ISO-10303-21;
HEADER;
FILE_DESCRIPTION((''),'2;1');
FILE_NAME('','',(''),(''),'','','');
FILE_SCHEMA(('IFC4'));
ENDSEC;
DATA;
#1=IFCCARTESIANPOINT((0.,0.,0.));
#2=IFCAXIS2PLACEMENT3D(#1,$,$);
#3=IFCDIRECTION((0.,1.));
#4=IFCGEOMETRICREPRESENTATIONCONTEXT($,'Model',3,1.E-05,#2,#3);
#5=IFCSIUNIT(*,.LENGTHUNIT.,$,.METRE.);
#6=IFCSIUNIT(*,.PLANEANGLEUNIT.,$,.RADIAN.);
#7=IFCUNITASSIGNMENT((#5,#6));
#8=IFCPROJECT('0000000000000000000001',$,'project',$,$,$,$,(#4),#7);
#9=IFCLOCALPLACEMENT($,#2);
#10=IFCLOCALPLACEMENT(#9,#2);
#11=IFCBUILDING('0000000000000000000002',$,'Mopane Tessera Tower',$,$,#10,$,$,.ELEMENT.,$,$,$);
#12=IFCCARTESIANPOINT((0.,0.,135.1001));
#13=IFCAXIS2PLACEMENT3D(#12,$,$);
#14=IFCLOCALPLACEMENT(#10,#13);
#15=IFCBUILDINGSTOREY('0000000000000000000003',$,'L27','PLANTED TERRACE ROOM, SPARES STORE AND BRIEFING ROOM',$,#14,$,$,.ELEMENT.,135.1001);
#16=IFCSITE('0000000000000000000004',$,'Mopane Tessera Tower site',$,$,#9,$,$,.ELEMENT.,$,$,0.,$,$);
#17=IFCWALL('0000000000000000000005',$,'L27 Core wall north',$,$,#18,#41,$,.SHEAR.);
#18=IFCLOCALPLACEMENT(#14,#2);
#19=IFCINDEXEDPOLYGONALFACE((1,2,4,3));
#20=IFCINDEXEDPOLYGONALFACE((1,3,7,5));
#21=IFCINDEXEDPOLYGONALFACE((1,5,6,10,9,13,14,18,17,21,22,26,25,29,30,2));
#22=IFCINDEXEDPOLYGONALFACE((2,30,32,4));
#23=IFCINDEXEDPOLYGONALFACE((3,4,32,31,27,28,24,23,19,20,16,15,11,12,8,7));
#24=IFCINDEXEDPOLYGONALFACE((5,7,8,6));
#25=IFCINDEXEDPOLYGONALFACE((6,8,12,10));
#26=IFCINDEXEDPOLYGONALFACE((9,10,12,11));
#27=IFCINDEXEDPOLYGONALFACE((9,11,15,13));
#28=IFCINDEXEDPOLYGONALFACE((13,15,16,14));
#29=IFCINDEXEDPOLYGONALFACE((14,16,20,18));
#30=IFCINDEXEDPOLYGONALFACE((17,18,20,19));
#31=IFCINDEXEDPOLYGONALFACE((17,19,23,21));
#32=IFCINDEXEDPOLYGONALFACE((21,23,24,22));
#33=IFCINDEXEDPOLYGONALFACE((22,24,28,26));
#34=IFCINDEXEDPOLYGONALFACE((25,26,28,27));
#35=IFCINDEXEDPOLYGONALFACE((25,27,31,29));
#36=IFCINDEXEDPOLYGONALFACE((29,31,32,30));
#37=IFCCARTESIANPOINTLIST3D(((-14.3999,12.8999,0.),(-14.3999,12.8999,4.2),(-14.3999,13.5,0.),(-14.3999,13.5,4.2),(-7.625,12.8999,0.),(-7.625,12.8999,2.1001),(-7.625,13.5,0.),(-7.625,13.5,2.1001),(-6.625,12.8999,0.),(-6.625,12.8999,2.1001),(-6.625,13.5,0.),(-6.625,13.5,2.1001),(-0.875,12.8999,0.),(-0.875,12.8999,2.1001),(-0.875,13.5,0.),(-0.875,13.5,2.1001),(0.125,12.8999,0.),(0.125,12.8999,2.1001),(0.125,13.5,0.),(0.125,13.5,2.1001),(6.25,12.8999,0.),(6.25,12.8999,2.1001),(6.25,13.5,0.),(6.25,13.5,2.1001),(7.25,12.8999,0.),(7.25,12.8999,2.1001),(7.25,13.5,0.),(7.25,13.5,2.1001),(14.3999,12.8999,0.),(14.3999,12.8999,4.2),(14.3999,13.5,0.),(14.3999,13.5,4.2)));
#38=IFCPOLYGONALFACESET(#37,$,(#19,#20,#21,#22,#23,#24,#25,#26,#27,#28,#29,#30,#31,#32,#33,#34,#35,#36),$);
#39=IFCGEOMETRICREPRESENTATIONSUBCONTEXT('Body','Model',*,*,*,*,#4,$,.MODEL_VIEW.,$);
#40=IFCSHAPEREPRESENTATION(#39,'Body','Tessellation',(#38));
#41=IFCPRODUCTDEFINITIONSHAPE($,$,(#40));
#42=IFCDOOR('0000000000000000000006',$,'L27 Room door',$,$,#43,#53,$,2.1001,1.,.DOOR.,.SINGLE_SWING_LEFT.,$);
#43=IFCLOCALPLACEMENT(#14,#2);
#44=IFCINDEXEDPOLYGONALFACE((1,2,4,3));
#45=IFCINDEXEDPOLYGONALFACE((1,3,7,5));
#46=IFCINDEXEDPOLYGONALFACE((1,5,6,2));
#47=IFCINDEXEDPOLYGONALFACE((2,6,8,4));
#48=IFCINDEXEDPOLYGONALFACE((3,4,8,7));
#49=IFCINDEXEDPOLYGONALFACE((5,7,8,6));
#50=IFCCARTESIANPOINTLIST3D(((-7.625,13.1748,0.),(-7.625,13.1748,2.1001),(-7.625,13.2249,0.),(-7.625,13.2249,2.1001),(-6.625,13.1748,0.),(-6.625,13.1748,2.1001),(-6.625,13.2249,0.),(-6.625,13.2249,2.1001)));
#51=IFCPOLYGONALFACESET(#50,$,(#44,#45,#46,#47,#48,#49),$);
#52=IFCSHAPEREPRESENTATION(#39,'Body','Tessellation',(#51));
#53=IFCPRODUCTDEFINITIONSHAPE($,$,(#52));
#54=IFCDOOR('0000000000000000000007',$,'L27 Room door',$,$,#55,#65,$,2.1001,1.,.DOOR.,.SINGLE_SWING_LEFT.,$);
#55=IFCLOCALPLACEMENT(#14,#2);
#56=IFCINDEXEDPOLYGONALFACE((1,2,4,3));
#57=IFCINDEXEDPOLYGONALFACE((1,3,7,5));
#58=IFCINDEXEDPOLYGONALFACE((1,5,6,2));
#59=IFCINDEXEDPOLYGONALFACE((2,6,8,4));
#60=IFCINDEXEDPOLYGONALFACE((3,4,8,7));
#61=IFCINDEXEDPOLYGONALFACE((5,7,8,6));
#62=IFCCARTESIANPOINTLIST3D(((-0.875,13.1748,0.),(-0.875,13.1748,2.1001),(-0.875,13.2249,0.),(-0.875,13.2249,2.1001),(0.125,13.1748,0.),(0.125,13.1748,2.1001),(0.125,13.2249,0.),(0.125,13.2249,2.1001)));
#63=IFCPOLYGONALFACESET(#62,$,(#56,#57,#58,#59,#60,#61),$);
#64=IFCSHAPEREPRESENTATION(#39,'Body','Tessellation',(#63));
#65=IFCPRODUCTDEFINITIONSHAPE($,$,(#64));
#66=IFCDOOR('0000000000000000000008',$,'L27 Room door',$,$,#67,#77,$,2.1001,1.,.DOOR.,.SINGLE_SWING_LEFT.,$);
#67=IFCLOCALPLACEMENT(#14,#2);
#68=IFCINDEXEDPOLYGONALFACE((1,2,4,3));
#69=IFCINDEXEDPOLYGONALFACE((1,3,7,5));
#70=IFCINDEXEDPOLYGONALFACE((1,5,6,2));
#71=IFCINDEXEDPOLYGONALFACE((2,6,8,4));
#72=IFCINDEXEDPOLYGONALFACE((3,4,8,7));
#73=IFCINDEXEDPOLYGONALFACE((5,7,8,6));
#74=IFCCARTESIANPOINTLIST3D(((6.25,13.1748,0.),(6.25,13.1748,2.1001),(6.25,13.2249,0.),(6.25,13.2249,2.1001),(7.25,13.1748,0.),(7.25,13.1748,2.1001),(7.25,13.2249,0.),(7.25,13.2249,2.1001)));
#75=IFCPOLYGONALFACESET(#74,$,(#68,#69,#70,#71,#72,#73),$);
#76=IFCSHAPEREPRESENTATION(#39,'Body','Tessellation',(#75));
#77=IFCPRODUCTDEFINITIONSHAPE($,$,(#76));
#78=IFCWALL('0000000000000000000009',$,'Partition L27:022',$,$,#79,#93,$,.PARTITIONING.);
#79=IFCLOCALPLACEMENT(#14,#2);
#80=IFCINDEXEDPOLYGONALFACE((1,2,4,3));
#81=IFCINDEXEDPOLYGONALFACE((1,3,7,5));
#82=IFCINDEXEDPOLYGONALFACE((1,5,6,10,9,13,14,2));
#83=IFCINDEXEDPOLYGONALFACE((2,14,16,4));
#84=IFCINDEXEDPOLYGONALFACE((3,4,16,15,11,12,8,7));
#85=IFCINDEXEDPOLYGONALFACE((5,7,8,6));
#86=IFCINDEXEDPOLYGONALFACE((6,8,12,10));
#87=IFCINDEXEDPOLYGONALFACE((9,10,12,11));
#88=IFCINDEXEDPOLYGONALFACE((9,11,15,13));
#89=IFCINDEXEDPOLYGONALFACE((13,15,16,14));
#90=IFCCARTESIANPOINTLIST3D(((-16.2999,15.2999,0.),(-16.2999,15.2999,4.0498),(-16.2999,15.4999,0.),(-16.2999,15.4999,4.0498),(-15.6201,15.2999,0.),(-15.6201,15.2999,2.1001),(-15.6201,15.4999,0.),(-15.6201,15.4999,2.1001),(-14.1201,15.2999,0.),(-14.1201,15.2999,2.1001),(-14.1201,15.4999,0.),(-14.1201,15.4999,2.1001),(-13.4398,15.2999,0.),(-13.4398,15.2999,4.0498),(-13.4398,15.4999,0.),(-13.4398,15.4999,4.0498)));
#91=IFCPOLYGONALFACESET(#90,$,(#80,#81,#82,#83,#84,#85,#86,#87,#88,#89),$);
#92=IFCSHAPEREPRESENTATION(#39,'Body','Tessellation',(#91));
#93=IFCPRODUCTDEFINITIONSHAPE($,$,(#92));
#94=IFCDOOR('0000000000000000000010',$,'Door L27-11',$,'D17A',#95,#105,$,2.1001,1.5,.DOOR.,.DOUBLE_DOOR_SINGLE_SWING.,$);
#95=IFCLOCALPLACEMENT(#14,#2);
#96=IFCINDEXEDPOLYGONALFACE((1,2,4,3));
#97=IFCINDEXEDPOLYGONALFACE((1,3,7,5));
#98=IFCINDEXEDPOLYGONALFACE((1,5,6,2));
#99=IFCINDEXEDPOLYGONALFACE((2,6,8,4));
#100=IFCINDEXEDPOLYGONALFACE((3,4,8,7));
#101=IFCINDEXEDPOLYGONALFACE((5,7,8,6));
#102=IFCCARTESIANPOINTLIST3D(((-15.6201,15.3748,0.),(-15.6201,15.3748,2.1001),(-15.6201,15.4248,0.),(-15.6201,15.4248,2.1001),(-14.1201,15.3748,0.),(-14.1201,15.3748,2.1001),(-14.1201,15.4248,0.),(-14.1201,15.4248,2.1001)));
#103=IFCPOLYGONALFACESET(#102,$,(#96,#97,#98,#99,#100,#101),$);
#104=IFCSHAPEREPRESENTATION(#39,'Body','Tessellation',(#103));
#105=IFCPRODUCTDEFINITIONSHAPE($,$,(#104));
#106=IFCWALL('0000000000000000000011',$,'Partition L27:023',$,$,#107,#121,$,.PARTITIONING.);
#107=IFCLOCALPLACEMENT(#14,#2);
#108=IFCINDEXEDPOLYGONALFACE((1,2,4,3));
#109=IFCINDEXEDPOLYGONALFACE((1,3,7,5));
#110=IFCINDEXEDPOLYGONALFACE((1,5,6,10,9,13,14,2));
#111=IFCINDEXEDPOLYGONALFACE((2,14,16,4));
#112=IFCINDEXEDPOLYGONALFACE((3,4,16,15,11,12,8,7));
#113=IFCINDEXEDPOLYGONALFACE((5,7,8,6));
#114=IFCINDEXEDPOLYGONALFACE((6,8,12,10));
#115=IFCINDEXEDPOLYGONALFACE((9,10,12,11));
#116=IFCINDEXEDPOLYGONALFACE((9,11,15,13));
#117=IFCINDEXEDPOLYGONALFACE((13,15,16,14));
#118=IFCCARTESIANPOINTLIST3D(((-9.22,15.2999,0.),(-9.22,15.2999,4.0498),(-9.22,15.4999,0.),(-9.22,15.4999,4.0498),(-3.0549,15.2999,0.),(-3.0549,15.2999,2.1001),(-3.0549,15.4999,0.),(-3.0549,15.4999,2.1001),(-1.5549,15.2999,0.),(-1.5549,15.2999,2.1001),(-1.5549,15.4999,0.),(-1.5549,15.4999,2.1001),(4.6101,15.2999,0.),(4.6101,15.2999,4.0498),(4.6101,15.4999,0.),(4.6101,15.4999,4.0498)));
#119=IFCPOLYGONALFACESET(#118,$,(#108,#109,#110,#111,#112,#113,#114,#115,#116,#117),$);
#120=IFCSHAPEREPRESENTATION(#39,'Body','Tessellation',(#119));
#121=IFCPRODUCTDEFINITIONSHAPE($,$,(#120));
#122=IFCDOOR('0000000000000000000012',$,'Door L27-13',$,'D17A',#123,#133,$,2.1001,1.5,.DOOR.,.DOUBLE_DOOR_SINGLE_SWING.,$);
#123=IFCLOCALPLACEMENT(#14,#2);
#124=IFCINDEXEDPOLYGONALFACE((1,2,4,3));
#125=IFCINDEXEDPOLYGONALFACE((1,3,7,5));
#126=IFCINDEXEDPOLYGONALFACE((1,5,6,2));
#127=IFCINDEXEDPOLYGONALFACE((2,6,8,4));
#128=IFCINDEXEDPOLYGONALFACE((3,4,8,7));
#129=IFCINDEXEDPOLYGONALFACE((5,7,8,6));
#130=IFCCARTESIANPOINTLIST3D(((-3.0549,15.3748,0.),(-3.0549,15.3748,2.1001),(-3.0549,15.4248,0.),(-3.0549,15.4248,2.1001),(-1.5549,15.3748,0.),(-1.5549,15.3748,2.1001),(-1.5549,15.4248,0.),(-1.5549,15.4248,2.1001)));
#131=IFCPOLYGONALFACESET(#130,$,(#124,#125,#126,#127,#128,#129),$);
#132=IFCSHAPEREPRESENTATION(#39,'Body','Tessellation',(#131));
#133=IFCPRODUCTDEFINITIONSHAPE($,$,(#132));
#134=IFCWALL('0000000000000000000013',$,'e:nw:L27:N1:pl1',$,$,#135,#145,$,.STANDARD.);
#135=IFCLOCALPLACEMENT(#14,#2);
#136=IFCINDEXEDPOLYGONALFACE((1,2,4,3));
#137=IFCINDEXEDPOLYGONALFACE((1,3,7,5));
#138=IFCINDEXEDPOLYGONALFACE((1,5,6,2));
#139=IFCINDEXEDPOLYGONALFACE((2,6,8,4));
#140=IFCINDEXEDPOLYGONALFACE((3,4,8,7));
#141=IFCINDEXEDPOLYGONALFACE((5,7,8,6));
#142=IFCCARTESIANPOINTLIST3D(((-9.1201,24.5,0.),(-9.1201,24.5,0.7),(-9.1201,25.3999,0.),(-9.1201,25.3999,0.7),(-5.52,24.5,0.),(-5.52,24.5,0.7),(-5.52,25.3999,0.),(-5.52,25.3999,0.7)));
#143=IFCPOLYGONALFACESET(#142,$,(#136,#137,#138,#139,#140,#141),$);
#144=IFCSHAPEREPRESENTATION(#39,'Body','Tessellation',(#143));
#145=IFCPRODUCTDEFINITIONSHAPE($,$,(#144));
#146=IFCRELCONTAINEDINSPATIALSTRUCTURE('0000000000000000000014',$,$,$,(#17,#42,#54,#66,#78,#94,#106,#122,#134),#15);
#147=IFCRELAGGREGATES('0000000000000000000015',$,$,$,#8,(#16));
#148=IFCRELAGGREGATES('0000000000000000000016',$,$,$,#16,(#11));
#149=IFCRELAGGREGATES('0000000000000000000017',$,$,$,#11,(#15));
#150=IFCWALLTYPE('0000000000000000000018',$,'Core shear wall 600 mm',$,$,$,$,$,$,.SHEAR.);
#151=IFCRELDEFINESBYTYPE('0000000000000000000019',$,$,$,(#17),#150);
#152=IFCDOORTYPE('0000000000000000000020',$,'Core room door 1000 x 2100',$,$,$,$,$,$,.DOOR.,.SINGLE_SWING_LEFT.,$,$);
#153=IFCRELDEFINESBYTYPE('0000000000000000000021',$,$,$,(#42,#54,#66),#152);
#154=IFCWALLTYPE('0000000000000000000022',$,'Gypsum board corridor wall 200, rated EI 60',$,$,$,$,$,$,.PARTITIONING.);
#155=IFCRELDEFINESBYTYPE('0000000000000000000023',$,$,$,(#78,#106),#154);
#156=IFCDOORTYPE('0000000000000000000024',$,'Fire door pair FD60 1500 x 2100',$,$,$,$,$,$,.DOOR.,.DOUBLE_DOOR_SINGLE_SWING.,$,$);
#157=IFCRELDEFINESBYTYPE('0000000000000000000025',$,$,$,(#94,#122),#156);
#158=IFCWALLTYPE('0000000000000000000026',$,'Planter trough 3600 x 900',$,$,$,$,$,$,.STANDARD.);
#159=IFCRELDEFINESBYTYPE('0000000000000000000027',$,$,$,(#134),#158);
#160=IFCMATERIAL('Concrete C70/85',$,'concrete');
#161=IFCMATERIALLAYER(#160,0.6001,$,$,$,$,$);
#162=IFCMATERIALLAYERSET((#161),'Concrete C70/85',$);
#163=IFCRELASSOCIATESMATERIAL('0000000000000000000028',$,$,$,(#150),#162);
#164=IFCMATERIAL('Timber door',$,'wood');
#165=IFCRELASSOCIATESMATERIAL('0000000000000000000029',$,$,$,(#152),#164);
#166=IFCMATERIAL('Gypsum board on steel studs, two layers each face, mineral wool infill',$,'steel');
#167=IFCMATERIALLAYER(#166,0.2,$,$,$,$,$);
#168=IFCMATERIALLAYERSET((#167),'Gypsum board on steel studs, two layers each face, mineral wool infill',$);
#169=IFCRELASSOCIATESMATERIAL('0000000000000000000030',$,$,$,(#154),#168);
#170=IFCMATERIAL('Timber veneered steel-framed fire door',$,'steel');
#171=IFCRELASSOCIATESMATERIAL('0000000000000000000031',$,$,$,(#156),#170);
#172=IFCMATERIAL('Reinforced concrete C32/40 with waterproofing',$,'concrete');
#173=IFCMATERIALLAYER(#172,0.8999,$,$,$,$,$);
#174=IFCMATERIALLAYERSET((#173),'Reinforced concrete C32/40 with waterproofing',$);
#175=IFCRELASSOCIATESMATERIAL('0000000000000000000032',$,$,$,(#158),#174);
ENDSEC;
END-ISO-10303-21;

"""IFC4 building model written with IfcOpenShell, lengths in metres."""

from ifc_helpers import new_model, si_unit, direction, frame, frame_2d, origin, place, context, subcontext, project, spatial, rectangle, extrude, material, layer, layer_set, type_object, element, fill, save


model = new_model("IFC4")

# Units and contexts
model_context = context("Model", 3, precision=1e-05, world=origin(), true_north=direction((0.0, 1.0)))
body_context = subcontext(model_context, "Body", "Model", "MODEL_VIEW")
ifc_project = project(units=[si_unit("LENGTHUNIT", "METRE"), si_unit("PLANEANGLEUNIT", "RADIAN")], contexts=[model_context])

# Site, building, storey
site_placement = place(None, origin())
site = spatial("IfcSite", under=ifc_project, at=site_placement, Name="Mopane Tessera Tower site", CompositionType="ELEMENT", RefElevation=0.0)
building_placement = place(site_placement, origin())
building = spatial("IfcBuilding", under=site, at=building_placement, Name="Mopane Tessera Tower", CompositionType="ELEMENT")
storey_placement = place(building_placement, frame((0.0, 0.0, 135.1001)))
storey = spatial("IfcBuildingStorey", under=building, at=storey_placement, Name="L27", Description="PLANTED TERRACE ROOM, SPARES STORE AND BRIEFING ROOM", CompositionType="ELEMENT", Elevation=135.1001)

# Wall, openings, doors
ifc_material_1 = material(Name="Concrete C70/85", Category="concrete")
ifc_layer_1 = layer(ifc_material_1, 0.6001)
ifc_layer_set_1 = layer_set([ifc_layer_1], Name="Concrete C70/85")
wall_type_1 = type_object("IfcWallType", Name="Core shear wall 600 mm", PredefinedType="SHEAR", material=ifc_layer_set_1)
wall_1_placement = place(storey_placement, frame((-14.3999, 13.2, 0.0), z_axis=(0.0, 0.0, 1.0), x_axis=(1.0, 0.0, 0.0)))
wall_1 = element("IfcWall", 1, at=wall_1_placement, inside=storey, type_object=wall_type_1, Name="L27 Core wall north", PredefinedType="SHEAR", context=body_context, shape_type="SweptSolid", body=[
    extrude(rectangle(XDim=28.7998, YDim=0.6001, at=frame_2d((14.3999, 0.0))), origin(), (0.0, 0.0, 1.0), 4.2),
])
opening_1_placement = place(wall_1_placement, frame((6.7749, 0.0, 0.0)))
opening_1 = element("IfcOpeningElement", 2, at=opening_1_placement, cuts=wall_1, PredefinedType="OPENING", context=body_context, shape_type="SweptSolid", body=[
    extrude(rectangle(XDim=1.0, YDim=2.1001, at=frame_2d((0.5, 1.05))), frame((0.0, 0.312, 0.0), z_axis=(0.0, -1.0, 0.0), x_axis=(1.0, 0.0, 0.0)), (0.0, 0.0, 1.0), 0.624),
])
opening_2_placement = place(wall_1_placement, frame((13.5249, 0.0, 0.0)))
opening_2 = element("IfcOpeningElement", 3, at=opening_2_placement, cuts=wall_1, PredefinedType="OPENING", context=body_context, shape_type="SweptSolid", body=[
    extrude(rectangle(XDim=1.0, YDim=2.1001, at=frame_2d((0.5, 1.05))), frame((0.0, 0.312, 0.0), z_axis=(0.0, -1.0, 0.0), x_axis=(1.0, 0.0, 0.0)), (0.0, 0.0, 1.0), 0.624),
])
opening_3_placement = place(wall_1_placement, frame((20.6499, 0.0, 0.0)))
opening_3 = element("IfcOpeningElement", 4, at=opening_3_placement, cuts=wall_1, PredefinedType="OPENING", context=body_context, shape_type="SweptSolid", body=[
    extrude(rectangle(XDim=1.0, YDim=2.1001, at=frame_2d((0.5, 1.05))), frame((0.0, 0.312, 0.0), z_axis=(0.0, -1.0, 0.0), x_axis=(1.0, 0.0, 0.0)), (0.0, 0.0, 1.0), 0.624),
])
ifc_material_2 = material(Name="Timber door", Category="wood")
door_type_1 = type_object("IfcDoorType", Name="Core room door 1000 x 2100", OperationType="SINGLE_SWING_LEFT", PredefinedType="DOOR", material=ifc_material_2)
door_1_placement = place(opening_1_placement, origin())
door_1 = element("IfcDoor", 5, at=door_1_placement, inside=storey, type_object=door_type_1, Name="L27 Room door", OperationType="SINGLE_SWING_LEFT", OverallHeight=2.1001, OverallWidth=1.0, PredefinedType="DOOR", context=body_context, shape_type="SweptSolid", body=[
    extrude(rectangle(XDim=1.0, YDim=2.1001, at=frame_2d((0.5, 1.05))), frame((0.0, 0.0249, 0.0), z_axis=(0.0, -1.0, 0.0), x_axis=(1.0, 0.0, 0.0)), (0.0, 0.0, 1.0), 0.05),
])
fill(opening_1, door_1)
door_2_placement = place(opening_2_placement, origin())
door_2 = element("IfcDoor", 6, at=door_2_placement, inside=storey, type_object=door_type_1, Name="L27 Room door", OperationType="SINGLE_SWING_LEFT", OverallHeight=2.1001, OverallWidth=1.0, PredefinedType="DOOR", context=body_context, shape_type="SweptSolid", body=[
    extrude(rectangle(XDim=1.0, YDim=2.1001, at=frame_2d((0.5, 1.05))), frame((0.0, 0.0249, 0.0), z_axis=(0.0, -1.0, 0.0), x_axis=(1.0, 0.0, 0.0)), (0.0, 0.0, 1.0), 0.05),
])
fill(opening_2, door_2)
door_3_placement = place(opening_3_placement, origin())
door_3 = element("IfcDoor", 7, at=door_3_placement, inside=storey, type_object=door_type_1, Name="L27 Room door", OperationType="SINGLE_SWING_LEFT", OverallHeight=2.1001, OverallWidth=1.0, PredefinedType="DOOR", context=body_context, shape_type="SweptSolid", body=[
    extrude(rectangle(XDim=1.0, YDim=2.1001, at=frame_2d((0.5, 1.05))), frame((0.0, 0.0249, 0.0), z_axis=(0.0, -1.0, 0.0), x_axis=(1.0, 0.0, 0.0)), (0.0, 0.0, 1.0), 0.05),
])
fill(opening_3, door_3)

# Walls, openings, doors
ifc_material_3 = material(Name="Gypsum board on steel studs, two layers each face, mineral wool infill", Category="steel")
ifc_layer_2 = layer(ifc_material_3, 0.2)
ifc_layer_set_2 = layer_set([ifc_layer_2], Name="Gypsum board on steel studs, two layers each face, mineral wool infill")
wall_type_2 = type_object("IfcWallType", Name="Gypsum board corridor wall 200, rated EI 60", PredefinedType="PARTITIONING", material=ifc_layer_set_2)
wall_2_placement = place(storey_placement, frame((-16.3, 15.3999, 0.0), z_axis=(0.0, 0.0, 1.0), x_axis=(1.0, 0.0, 0.0)))
wall_2 = element("IfcWall", 8, at=wall_2_placement, inside=storey, type_object=wall_type_2, Name="Partition L27:022", PredefinedType="PARTITIONING", context=body_context, shape_type="SweptSolid", body=[
    extrude(rectangle(XDim=2.8601, YDim=0.2, at=frame_2d((1.4302, 0.0))), origin(), (0.0, 0.0, 1.0), 4.0498),
])
opening_4_placement = place(wall_2_placement, frame((0.6799, 0.0, 0.0)))
opening_4 = element("IfcOpeningElement", 9, at=opening_4_placement, cuts=wall_2, PredefinedType="OPENING", context=body_context, shape_type="SweptSolid", body=[
    extrude(rectangle(XDim=1.5, YDim=2.1001, at=frame_2d((0.75, 1.05))), frame((0.0, 0.1121, 0.0), z_axis=(0.0, -1.0, 0.0), x_axis=(1.0, 0.0, 0.0)), (0.0, 0.0, 1.0), 0.2239),
])
ifc_material_4 = material(Name="Timber veneered steel-framed fire door", Category="steel")
door_type_2 = type_object("IfcDoorType", Name="Fire door pair FD60 1500 x 2100", OperationType="DOUBLE_DOOR_SINGLE_SWING", PredefinedType="DOOR", material=ifc_material_4)
door_4_placement = place(opening_4_placement, origin())
door_4 = element("IfcDoor", 10, at=door_4_placement, inside=storey, type_object=door_type_2, Name="Door L27-11", ObjectType="D17A", OperationType="DOUBLE_DOOR_SINGLE_SWING", OverallHeight=2.1001, OverallWidth=1.5, PredefinedType="DOOR", context=body_context, shape_type="SweptSolid", body=[
    extrude(rectangle(XDim=1.5, YDim=2.1001, at=frame_2d((0.75, 1.05))), frame((0.0, 0.0249, 0.0), z_axis=(0.0, -1.0, 0.0), x_axis=(1.0, 0.0, 0.0)), (0.0, 0.0, 1.0), 0.05),
])
fill(opening_4, door_4)
wall_3_placement = place(storey_placement, frame((-9.22, 15.3999, 0.0), z_axis=(0.0, 0.0, 1.0), x_axis=(1.0, 0.0, 0.0)))
wall_3 = element("IfcWall", 11, at=wall_3_placement, inside=storey, type_object=wall_type_2, Name="Partition L27:023", PredefinedType="PARTITIONING", context=body_context, shape_type="SweptSolid", body=[
    extrude(rectangle(XDim=13.8301, YDim=0.2, at=frame_2d((6.915, 0.0))), origin(), (0.0, 0.0, 1.0), 4.0498),
])
opening_5_placement = place(wall_3_placement, frame((6.165, 0.0, 0.0)))
opening_5 = element("IfcOpeningElement", 12, at=opening_5_placement, cuts=wall_3, PredefinedType="OPENING", context=body_context, shape_type="SweptSolid", body=[
    extrude(rectangle(XDim=1.5, YDim=2.1001, at=frame_2d((0.75, 1.05))), frame((0.0, 0.1121, 0.0), z_axis=(0.0, -1.0, 0.0), x_axis=(1.0, 0.0, 0.0)), (0.0, 0.0, 1.0), 0.2239),
])
door_5_placement = place(opening_5_placement, origin())
door_5 = element("IfcDoor", 13, at=door_5_placement, inside=storey, type_object=door_type_2, Name="Door L27-13", ObjectType="D17A", OperationType="DOUBLE_DOOR_SINGLE_SWING", OverallHeight=2.1001, OverallWidth=1.5, PredefinedType="DOOR", context=body_context, shape_type="SweptSolid", body=[
    extrude(rectangle(XDim=1.5, YDim=2.1001, at=frame_2d((0.75, 1.05))), frame((0.0, 0.0249, 0.0), z_axis=(0.0, -1.0, 0.0), x_axis=(1.0, 0.0, 0.0)), (0.0, 0.0, 1.0), 0.05),
])
fill(opening_5, door_5)

# Wall
ifc_material_5 = material(Name="Reinforced concrete C32/40 with waterproofing", Category="concrete")
ifc_layer_3 = layer(ifc_material_5, 0.8999)
ifc_layer_set_3 = layer_set([ifc_layer_3], Name="Reinforced concrete C32/40 with waterproofing")
wall_type_3 = type_object("IfcWallType", Name="Planter trough 3600 x 900", PredefinedType="STANDARD", material=ifc_layer_set_3)
wall_4_placement = place(storey_placement, frame((-5.52, 24.95, 0.0), z_axis=(0.0, 0.0, 1.0), x_axis=(-1.0, 0.0, 0.0)))
element("IfcWall", 14, at=wall_4_placement, inside=storey, type_object=wall_type_3, Name="e:nw:L27:N1:pl1", PredefinedType="STANDARD", context=body_context, shape_type="SweptSolid", body=[
    extrude(rectangle(XDim=3.6001, YDim=0.8999, at=frame_2d((1.8, 0.0))), origin(), (0.0, 0.0, 1.0), 0.7),
])

save(model, "model.ifc")
